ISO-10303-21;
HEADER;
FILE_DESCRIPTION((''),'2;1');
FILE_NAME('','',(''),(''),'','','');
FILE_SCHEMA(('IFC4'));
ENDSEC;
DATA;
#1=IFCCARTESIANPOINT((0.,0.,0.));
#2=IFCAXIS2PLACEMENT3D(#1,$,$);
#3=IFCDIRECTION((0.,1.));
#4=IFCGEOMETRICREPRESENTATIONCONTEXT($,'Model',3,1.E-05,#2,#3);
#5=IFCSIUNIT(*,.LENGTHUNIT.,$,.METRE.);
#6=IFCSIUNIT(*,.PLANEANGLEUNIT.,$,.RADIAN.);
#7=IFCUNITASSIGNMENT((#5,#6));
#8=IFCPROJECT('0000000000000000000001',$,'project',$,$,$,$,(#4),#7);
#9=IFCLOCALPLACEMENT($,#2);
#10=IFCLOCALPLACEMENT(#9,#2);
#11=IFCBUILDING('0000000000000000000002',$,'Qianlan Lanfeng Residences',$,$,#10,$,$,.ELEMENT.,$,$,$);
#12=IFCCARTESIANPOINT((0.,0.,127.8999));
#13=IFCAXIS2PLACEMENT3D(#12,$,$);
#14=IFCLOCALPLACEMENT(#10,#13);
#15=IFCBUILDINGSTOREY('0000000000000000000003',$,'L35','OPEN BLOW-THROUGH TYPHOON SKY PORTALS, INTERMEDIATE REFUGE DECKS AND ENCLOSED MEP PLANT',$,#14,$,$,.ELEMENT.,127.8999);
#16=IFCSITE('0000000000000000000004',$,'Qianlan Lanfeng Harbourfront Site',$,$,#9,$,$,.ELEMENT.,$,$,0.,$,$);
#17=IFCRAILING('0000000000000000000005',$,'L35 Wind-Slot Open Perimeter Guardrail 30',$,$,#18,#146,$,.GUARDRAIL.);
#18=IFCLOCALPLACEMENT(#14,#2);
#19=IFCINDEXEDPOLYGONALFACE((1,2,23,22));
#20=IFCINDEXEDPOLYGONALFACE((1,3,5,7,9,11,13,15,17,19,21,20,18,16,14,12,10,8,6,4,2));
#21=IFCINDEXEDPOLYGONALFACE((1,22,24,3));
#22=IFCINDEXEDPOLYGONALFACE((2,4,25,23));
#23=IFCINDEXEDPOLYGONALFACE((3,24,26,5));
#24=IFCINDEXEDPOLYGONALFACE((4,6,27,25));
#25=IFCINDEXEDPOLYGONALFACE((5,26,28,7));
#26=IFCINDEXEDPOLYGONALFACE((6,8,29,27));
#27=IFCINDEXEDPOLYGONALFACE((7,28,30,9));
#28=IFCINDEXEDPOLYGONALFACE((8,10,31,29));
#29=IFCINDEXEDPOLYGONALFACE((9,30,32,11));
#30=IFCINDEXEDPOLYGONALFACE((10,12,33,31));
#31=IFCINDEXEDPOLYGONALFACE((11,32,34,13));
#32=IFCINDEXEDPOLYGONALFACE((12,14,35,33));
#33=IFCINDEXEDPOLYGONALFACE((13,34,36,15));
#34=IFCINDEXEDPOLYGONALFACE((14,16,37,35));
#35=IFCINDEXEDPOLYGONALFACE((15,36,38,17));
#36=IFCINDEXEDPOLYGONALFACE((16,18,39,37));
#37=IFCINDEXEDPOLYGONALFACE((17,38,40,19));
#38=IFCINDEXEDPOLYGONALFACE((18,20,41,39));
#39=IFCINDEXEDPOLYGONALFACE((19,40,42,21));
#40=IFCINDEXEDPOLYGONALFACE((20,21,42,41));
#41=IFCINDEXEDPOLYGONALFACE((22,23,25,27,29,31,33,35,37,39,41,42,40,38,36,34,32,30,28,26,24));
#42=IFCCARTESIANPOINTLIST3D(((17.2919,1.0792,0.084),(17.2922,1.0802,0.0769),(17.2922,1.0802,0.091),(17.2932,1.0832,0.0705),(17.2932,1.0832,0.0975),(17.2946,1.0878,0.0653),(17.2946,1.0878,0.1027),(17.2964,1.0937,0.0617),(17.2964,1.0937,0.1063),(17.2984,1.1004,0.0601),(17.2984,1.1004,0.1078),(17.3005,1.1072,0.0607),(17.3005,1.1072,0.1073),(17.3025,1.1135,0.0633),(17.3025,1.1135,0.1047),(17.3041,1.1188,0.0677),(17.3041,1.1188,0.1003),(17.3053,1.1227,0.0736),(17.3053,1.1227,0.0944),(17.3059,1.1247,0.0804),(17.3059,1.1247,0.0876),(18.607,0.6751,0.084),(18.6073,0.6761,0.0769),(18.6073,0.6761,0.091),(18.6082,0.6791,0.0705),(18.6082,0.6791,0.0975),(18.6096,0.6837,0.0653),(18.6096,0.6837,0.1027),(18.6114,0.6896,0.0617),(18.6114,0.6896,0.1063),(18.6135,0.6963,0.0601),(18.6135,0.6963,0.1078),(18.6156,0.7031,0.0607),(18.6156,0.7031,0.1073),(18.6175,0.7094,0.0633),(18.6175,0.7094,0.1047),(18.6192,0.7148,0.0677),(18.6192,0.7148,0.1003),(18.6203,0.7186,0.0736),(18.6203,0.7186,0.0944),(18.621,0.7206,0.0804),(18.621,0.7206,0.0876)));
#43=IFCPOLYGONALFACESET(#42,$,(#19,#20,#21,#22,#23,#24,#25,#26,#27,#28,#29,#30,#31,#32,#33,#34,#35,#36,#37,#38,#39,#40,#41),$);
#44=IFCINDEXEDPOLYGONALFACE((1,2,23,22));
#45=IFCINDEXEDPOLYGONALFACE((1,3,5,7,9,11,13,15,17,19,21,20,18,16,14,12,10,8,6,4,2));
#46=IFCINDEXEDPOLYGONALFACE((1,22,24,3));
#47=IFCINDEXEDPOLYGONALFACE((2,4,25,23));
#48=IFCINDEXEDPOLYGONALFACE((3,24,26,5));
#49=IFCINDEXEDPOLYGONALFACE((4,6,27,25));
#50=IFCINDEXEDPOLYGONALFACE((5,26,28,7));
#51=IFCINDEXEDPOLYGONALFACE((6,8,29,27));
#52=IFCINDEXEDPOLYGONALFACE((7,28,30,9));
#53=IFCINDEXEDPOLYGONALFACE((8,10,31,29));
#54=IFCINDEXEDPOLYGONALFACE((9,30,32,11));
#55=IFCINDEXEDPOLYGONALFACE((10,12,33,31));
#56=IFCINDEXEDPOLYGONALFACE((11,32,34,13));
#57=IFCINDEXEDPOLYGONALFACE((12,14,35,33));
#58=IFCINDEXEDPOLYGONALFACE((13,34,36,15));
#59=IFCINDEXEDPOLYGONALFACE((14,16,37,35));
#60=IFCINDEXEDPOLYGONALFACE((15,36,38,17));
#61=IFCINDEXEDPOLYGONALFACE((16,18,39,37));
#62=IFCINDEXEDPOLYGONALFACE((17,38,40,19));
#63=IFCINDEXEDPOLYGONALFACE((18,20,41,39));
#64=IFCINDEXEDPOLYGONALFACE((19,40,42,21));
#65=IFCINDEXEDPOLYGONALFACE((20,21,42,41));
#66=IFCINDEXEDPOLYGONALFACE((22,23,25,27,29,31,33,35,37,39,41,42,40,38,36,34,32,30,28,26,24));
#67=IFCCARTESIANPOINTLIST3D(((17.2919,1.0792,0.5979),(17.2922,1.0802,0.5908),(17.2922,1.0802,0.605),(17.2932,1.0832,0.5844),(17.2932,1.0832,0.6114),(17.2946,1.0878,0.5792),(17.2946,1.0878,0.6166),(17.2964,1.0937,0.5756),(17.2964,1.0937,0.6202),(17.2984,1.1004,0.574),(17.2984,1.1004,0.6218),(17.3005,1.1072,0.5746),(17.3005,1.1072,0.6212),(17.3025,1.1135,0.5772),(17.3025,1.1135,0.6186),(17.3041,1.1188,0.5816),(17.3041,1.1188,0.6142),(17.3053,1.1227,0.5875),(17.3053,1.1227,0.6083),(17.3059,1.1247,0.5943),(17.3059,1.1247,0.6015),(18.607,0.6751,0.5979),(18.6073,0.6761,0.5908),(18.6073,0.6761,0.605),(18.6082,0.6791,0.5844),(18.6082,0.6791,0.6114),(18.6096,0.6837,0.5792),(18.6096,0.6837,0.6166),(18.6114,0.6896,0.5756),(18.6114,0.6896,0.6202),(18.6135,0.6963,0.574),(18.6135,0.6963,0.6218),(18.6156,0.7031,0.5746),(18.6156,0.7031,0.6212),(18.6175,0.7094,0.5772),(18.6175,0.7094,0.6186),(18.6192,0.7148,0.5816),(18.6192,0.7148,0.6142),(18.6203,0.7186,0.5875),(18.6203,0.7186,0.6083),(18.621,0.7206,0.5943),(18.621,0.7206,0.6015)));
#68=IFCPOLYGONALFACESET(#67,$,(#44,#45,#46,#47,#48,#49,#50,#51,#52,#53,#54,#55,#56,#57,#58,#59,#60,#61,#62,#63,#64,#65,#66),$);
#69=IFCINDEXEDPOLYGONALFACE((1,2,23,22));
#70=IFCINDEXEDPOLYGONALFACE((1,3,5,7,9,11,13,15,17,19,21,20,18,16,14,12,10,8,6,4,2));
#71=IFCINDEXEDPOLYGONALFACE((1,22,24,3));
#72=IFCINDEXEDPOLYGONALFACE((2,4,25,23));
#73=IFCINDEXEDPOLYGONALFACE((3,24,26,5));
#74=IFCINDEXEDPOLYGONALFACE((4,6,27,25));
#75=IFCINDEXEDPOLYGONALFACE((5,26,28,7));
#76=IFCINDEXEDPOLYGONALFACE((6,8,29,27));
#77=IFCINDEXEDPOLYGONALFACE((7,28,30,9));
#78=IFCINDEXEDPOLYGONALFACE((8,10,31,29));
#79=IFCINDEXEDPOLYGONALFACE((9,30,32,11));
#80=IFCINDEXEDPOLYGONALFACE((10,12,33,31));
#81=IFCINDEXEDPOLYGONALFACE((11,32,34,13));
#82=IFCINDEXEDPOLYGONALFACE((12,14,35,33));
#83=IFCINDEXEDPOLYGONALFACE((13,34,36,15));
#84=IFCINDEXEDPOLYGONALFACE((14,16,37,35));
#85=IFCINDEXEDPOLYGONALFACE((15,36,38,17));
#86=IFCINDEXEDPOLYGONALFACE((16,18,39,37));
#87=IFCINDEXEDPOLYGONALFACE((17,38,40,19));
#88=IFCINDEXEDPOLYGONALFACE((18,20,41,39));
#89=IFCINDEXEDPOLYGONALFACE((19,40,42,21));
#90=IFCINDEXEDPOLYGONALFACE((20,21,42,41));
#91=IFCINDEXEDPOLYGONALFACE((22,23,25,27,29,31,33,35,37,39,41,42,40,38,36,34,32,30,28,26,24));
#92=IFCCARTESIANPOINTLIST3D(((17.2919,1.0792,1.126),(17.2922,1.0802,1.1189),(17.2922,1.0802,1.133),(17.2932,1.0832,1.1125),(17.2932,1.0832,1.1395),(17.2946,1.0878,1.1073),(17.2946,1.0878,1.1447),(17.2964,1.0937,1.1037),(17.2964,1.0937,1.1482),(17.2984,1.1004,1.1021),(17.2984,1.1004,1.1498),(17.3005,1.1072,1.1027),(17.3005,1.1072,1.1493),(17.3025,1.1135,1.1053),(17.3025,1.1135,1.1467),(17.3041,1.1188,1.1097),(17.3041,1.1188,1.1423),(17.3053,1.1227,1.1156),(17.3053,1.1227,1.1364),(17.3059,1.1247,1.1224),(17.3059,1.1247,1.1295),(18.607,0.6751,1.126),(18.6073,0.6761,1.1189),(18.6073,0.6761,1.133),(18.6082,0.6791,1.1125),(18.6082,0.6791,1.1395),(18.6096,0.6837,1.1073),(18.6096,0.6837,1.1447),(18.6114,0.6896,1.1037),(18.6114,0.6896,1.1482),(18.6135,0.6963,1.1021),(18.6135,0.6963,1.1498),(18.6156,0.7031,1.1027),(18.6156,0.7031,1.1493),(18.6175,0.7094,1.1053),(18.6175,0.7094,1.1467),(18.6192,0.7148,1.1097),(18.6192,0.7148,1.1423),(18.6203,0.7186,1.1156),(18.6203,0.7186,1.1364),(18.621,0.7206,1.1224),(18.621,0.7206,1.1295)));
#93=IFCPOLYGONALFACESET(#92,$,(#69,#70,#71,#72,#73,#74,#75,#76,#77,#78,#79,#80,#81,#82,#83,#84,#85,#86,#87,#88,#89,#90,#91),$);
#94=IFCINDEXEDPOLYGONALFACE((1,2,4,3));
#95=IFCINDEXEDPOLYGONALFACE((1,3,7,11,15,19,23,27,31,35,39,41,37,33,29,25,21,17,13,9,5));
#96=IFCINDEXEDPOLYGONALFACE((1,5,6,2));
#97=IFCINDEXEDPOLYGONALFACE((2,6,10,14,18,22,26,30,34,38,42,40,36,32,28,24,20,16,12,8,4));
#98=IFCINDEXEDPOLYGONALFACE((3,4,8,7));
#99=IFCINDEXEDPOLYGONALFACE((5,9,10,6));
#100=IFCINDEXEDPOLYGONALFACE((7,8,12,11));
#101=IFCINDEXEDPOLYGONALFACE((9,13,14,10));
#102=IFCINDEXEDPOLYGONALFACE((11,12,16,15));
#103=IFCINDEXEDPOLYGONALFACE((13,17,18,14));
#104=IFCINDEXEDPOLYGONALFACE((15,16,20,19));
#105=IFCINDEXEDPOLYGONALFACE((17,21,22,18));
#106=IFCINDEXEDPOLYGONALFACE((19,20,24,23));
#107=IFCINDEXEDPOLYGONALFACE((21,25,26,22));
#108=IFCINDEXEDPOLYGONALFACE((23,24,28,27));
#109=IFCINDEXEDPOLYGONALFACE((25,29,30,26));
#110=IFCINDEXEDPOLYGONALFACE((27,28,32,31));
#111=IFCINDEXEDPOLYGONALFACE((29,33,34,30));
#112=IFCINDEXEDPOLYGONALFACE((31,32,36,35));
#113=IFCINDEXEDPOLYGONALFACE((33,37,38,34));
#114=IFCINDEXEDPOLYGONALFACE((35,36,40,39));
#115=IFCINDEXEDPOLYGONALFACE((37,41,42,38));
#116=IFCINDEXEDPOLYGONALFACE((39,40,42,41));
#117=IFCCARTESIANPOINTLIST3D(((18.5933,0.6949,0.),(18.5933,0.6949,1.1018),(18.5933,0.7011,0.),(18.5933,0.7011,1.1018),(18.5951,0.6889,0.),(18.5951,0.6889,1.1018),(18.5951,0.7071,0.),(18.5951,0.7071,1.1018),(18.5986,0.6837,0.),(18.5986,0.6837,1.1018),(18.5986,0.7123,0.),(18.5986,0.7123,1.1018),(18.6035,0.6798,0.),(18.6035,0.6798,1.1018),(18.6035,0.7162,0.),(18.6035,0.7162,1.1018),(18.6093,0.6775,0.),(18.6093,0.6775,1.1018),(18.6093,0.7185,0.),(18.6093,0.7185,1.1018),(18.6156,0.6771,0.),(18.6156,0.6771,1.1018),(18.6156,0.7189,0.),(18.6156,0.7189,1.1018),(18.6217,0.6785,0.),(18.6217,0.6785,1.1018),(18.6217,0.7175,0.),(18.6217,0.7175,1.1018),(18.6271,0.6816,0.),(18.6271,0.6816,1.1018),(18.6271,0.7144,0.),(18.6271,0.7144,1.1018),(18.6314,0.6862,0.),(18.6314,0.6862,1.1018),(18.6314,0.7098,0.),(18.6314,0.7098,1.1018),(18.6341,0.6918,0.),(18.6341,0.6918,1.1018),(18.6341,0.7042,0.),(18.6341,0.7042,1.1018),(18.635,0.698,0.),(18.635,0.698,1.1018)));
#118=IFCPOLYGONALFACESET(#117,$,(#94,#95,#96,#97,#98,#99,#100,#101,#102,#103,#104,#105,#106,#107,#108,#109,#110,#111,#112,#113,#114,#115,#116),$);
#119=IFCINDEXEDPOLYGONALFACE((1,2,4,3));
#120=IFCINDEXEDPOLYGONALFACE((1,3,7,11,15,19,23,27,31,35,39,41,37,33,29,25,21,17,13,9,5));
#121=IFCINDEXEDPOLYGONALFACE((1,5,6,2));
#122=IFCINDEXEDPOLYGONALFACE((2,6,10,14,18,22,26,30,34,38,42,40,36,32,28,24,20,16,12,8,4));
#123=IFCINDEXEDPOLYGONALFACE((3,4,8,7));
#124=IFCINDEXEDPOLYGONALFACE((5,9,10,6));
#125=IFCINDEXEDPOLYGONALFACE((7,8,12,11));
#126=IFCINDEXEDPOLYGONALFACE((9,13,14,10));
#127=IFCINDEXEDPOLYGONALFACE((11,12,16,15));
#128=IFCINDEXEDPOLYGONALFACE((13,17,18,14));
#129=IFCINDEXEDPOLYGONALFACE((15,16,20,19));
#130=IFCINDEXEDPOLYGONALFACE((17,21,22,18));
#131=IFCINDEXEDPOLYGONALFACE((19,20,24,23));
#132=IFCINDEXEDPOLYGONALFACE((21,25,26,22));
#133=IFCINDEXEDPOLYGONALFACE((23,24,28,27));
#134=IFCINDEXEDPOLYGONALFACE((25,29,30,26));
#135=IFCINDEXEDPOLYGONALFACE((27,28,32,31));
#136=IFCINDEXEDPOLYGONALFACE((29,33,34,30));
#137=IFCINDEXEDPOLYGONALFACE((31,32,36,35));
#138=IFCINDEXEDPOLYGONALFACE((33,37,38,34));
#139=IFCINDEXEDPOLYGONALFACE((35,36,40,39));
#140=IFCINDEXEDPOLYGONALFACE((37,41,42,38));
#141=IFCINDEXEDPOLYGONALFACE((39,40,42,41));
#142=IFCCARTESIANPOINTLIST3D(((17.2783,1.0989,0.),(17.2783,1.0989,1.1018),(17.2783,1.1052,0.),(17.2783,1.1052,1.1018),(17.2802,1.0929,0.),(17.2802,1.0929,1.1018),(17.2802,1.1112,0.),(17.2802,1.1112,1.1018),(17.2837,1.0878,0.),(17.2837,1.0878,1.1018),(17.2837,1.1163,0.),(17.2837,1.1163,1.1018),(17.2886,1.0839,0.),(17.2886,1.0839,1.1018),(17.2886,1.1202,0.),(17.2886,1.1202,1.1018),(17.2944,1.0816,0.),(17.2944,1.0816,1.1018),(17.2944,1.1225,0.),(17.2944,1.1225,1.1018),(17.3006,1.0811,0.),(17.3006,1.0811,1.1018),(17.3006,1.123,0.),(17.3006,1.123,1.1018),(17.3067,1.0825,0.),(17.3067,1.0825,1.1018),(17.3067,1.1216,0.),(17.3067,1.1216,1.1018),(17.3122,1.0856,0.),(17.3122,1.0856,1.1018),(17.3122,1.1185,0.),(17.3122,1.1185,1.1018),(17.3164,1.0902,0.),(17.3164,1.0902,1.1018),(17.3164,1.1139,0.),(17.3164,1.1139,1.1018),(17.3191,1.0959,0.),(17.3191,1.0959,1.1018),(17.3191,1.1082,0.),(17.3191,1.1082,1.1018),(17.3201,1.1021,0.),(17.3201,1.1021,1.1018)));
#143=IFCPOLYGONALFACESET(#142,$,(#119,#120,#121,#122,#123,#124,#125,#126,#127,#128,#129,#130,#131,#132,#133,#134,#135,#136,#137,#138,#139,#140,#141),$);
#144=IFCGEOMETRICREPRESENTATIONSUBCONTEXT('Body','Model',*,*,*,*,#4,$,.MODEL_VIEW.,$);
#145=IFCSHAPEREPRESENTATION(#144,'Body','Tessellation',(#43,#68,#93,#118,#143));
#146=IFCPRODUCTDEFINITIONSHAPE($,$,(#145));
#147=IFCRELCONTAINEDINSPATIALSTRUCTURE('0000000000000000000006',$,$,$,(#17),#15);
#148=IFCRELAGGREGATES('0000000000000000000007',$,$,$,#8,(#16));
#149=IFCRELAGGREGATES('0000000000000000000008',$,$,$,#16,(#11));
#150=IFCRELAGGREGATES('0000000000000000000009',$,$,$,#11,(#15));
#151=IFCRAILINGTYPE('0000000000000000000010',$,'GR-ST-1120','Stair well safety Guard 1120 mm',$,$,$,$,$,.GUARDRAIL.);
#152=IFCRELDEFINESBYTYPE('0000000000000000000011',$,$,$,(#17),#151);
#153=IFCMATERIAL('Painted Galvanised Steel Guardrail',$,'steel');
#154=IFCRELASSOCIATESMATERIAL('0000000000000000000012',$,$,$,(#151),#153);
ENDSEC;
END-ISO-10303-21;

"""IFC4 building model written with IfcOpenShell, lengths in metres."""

from ifc_helpers import new_model, si_unit, direction, frame, origin, origin_2d, place, context, subcontext, project, spatial, circle, extrude, material, type_object, element, save


model = new_model("IFC4")

# Units and contexts
model_context = context("Model", 3, precision=1e-05, world=origin(), true_north=direction((0.0, 1.0)))
body_context = subcontext(model_context, "Body", "Model", "MODEL_VIEW")
ifc_project = project(units=[si_unit("LENGTHUNIT", "METRE"), si_unit("PLANEANGLEUNIT", "RADIAN")], contexts=[model_context])

# Site, building, storey
site_placement = place(None, origin())
site = spatial("IfcSite", under=ifc_project, at=site_placement, Name="Qianlan Lanfeng Harbourfront Site", CompositionType="ELEMENT", RefElevation=0.0)
building_placement = place(site_placement, origin())
building = spatial("IfcBuilding", under=site, at=building_placement, Name="Qianlan Lanfeng Residences", CompositionType="ELEMENT")
storey_placement = place(building_placement, frame((0.0, 0.0, 127.8999)))
storey = spatial("IfcBuildingStorey", under=building, at=storey_placement, Name="L35", Description="OPEN BLOW-THROUGH TYPHOON SKY PORTALS, INTERMEDIATE REFUGE DECKS AND ENCLOSED MEP PLANT", CompositionType="ELEMENT", Elevation=127.8999)

# Railing
ifc_material_1 = material(Name="Painted Galvanised Steel Guardrail", Category="steel")
railing_type = type_object("IfcRailingType", Name="GR-ST-1120", Description="Stair well safety Guard 1120 mm", PredefinedType="GUARDRAIL", material=ifc_material_1)
railing_1_placement = place(storey_placement, frame((18.614, 0.698, 0.0)))
element("IfcRailing", 1, at=railing_1_placement, inside=storey, type_object=railing_type, Name="L35 Wind-Slot Open Perimeter Guardrail 30", PredefinedType="GUARDRAIL", context=body_context, shape_type="SweptSolid", body=[
    extrude(circle(Radius=0.0239, at=origin_2d()), frame((0.0, 0.0, 0.084), z_axis=(-0.95589, 0.293724, 0.0), x_axis=(-0.293724, -0.95589, 0.0)), (0.0, 0.0, 1.0), 1.3757),
    extrude(circle(Radius=0.0239, at=origin_2d()), frame((0.0, 0.0, 0.5979), z_axis=(-0.95589, 0.293724, 0.0), x_axis=(-0.293724, -0.95589, 0.0)), (0.0, 0.0, 1.0), 1.3757),
    extrude(circle(Radius=0.0239, at=origin_2d()), frame((0.0, 0.0, 1.126), z_axis=(-0.95589, 0.293724, 0.0), x_axis=(-0.293724, -0.95589, 0.0)), (0.0, 0.0, 1.0), 1.3757),
    extrude(circle(Radius=0.021, at=origin_2d()), origin(), (0.0, 0.0, 1.0), 1.1018),
    extrude(circle(Radius=0.021, at=origin_2d()), frame((-1.3149, 0.4041, 0.0)), (0.0, 0.0, 1.0), 1.1018),
])

save(model, "model.ifc")
